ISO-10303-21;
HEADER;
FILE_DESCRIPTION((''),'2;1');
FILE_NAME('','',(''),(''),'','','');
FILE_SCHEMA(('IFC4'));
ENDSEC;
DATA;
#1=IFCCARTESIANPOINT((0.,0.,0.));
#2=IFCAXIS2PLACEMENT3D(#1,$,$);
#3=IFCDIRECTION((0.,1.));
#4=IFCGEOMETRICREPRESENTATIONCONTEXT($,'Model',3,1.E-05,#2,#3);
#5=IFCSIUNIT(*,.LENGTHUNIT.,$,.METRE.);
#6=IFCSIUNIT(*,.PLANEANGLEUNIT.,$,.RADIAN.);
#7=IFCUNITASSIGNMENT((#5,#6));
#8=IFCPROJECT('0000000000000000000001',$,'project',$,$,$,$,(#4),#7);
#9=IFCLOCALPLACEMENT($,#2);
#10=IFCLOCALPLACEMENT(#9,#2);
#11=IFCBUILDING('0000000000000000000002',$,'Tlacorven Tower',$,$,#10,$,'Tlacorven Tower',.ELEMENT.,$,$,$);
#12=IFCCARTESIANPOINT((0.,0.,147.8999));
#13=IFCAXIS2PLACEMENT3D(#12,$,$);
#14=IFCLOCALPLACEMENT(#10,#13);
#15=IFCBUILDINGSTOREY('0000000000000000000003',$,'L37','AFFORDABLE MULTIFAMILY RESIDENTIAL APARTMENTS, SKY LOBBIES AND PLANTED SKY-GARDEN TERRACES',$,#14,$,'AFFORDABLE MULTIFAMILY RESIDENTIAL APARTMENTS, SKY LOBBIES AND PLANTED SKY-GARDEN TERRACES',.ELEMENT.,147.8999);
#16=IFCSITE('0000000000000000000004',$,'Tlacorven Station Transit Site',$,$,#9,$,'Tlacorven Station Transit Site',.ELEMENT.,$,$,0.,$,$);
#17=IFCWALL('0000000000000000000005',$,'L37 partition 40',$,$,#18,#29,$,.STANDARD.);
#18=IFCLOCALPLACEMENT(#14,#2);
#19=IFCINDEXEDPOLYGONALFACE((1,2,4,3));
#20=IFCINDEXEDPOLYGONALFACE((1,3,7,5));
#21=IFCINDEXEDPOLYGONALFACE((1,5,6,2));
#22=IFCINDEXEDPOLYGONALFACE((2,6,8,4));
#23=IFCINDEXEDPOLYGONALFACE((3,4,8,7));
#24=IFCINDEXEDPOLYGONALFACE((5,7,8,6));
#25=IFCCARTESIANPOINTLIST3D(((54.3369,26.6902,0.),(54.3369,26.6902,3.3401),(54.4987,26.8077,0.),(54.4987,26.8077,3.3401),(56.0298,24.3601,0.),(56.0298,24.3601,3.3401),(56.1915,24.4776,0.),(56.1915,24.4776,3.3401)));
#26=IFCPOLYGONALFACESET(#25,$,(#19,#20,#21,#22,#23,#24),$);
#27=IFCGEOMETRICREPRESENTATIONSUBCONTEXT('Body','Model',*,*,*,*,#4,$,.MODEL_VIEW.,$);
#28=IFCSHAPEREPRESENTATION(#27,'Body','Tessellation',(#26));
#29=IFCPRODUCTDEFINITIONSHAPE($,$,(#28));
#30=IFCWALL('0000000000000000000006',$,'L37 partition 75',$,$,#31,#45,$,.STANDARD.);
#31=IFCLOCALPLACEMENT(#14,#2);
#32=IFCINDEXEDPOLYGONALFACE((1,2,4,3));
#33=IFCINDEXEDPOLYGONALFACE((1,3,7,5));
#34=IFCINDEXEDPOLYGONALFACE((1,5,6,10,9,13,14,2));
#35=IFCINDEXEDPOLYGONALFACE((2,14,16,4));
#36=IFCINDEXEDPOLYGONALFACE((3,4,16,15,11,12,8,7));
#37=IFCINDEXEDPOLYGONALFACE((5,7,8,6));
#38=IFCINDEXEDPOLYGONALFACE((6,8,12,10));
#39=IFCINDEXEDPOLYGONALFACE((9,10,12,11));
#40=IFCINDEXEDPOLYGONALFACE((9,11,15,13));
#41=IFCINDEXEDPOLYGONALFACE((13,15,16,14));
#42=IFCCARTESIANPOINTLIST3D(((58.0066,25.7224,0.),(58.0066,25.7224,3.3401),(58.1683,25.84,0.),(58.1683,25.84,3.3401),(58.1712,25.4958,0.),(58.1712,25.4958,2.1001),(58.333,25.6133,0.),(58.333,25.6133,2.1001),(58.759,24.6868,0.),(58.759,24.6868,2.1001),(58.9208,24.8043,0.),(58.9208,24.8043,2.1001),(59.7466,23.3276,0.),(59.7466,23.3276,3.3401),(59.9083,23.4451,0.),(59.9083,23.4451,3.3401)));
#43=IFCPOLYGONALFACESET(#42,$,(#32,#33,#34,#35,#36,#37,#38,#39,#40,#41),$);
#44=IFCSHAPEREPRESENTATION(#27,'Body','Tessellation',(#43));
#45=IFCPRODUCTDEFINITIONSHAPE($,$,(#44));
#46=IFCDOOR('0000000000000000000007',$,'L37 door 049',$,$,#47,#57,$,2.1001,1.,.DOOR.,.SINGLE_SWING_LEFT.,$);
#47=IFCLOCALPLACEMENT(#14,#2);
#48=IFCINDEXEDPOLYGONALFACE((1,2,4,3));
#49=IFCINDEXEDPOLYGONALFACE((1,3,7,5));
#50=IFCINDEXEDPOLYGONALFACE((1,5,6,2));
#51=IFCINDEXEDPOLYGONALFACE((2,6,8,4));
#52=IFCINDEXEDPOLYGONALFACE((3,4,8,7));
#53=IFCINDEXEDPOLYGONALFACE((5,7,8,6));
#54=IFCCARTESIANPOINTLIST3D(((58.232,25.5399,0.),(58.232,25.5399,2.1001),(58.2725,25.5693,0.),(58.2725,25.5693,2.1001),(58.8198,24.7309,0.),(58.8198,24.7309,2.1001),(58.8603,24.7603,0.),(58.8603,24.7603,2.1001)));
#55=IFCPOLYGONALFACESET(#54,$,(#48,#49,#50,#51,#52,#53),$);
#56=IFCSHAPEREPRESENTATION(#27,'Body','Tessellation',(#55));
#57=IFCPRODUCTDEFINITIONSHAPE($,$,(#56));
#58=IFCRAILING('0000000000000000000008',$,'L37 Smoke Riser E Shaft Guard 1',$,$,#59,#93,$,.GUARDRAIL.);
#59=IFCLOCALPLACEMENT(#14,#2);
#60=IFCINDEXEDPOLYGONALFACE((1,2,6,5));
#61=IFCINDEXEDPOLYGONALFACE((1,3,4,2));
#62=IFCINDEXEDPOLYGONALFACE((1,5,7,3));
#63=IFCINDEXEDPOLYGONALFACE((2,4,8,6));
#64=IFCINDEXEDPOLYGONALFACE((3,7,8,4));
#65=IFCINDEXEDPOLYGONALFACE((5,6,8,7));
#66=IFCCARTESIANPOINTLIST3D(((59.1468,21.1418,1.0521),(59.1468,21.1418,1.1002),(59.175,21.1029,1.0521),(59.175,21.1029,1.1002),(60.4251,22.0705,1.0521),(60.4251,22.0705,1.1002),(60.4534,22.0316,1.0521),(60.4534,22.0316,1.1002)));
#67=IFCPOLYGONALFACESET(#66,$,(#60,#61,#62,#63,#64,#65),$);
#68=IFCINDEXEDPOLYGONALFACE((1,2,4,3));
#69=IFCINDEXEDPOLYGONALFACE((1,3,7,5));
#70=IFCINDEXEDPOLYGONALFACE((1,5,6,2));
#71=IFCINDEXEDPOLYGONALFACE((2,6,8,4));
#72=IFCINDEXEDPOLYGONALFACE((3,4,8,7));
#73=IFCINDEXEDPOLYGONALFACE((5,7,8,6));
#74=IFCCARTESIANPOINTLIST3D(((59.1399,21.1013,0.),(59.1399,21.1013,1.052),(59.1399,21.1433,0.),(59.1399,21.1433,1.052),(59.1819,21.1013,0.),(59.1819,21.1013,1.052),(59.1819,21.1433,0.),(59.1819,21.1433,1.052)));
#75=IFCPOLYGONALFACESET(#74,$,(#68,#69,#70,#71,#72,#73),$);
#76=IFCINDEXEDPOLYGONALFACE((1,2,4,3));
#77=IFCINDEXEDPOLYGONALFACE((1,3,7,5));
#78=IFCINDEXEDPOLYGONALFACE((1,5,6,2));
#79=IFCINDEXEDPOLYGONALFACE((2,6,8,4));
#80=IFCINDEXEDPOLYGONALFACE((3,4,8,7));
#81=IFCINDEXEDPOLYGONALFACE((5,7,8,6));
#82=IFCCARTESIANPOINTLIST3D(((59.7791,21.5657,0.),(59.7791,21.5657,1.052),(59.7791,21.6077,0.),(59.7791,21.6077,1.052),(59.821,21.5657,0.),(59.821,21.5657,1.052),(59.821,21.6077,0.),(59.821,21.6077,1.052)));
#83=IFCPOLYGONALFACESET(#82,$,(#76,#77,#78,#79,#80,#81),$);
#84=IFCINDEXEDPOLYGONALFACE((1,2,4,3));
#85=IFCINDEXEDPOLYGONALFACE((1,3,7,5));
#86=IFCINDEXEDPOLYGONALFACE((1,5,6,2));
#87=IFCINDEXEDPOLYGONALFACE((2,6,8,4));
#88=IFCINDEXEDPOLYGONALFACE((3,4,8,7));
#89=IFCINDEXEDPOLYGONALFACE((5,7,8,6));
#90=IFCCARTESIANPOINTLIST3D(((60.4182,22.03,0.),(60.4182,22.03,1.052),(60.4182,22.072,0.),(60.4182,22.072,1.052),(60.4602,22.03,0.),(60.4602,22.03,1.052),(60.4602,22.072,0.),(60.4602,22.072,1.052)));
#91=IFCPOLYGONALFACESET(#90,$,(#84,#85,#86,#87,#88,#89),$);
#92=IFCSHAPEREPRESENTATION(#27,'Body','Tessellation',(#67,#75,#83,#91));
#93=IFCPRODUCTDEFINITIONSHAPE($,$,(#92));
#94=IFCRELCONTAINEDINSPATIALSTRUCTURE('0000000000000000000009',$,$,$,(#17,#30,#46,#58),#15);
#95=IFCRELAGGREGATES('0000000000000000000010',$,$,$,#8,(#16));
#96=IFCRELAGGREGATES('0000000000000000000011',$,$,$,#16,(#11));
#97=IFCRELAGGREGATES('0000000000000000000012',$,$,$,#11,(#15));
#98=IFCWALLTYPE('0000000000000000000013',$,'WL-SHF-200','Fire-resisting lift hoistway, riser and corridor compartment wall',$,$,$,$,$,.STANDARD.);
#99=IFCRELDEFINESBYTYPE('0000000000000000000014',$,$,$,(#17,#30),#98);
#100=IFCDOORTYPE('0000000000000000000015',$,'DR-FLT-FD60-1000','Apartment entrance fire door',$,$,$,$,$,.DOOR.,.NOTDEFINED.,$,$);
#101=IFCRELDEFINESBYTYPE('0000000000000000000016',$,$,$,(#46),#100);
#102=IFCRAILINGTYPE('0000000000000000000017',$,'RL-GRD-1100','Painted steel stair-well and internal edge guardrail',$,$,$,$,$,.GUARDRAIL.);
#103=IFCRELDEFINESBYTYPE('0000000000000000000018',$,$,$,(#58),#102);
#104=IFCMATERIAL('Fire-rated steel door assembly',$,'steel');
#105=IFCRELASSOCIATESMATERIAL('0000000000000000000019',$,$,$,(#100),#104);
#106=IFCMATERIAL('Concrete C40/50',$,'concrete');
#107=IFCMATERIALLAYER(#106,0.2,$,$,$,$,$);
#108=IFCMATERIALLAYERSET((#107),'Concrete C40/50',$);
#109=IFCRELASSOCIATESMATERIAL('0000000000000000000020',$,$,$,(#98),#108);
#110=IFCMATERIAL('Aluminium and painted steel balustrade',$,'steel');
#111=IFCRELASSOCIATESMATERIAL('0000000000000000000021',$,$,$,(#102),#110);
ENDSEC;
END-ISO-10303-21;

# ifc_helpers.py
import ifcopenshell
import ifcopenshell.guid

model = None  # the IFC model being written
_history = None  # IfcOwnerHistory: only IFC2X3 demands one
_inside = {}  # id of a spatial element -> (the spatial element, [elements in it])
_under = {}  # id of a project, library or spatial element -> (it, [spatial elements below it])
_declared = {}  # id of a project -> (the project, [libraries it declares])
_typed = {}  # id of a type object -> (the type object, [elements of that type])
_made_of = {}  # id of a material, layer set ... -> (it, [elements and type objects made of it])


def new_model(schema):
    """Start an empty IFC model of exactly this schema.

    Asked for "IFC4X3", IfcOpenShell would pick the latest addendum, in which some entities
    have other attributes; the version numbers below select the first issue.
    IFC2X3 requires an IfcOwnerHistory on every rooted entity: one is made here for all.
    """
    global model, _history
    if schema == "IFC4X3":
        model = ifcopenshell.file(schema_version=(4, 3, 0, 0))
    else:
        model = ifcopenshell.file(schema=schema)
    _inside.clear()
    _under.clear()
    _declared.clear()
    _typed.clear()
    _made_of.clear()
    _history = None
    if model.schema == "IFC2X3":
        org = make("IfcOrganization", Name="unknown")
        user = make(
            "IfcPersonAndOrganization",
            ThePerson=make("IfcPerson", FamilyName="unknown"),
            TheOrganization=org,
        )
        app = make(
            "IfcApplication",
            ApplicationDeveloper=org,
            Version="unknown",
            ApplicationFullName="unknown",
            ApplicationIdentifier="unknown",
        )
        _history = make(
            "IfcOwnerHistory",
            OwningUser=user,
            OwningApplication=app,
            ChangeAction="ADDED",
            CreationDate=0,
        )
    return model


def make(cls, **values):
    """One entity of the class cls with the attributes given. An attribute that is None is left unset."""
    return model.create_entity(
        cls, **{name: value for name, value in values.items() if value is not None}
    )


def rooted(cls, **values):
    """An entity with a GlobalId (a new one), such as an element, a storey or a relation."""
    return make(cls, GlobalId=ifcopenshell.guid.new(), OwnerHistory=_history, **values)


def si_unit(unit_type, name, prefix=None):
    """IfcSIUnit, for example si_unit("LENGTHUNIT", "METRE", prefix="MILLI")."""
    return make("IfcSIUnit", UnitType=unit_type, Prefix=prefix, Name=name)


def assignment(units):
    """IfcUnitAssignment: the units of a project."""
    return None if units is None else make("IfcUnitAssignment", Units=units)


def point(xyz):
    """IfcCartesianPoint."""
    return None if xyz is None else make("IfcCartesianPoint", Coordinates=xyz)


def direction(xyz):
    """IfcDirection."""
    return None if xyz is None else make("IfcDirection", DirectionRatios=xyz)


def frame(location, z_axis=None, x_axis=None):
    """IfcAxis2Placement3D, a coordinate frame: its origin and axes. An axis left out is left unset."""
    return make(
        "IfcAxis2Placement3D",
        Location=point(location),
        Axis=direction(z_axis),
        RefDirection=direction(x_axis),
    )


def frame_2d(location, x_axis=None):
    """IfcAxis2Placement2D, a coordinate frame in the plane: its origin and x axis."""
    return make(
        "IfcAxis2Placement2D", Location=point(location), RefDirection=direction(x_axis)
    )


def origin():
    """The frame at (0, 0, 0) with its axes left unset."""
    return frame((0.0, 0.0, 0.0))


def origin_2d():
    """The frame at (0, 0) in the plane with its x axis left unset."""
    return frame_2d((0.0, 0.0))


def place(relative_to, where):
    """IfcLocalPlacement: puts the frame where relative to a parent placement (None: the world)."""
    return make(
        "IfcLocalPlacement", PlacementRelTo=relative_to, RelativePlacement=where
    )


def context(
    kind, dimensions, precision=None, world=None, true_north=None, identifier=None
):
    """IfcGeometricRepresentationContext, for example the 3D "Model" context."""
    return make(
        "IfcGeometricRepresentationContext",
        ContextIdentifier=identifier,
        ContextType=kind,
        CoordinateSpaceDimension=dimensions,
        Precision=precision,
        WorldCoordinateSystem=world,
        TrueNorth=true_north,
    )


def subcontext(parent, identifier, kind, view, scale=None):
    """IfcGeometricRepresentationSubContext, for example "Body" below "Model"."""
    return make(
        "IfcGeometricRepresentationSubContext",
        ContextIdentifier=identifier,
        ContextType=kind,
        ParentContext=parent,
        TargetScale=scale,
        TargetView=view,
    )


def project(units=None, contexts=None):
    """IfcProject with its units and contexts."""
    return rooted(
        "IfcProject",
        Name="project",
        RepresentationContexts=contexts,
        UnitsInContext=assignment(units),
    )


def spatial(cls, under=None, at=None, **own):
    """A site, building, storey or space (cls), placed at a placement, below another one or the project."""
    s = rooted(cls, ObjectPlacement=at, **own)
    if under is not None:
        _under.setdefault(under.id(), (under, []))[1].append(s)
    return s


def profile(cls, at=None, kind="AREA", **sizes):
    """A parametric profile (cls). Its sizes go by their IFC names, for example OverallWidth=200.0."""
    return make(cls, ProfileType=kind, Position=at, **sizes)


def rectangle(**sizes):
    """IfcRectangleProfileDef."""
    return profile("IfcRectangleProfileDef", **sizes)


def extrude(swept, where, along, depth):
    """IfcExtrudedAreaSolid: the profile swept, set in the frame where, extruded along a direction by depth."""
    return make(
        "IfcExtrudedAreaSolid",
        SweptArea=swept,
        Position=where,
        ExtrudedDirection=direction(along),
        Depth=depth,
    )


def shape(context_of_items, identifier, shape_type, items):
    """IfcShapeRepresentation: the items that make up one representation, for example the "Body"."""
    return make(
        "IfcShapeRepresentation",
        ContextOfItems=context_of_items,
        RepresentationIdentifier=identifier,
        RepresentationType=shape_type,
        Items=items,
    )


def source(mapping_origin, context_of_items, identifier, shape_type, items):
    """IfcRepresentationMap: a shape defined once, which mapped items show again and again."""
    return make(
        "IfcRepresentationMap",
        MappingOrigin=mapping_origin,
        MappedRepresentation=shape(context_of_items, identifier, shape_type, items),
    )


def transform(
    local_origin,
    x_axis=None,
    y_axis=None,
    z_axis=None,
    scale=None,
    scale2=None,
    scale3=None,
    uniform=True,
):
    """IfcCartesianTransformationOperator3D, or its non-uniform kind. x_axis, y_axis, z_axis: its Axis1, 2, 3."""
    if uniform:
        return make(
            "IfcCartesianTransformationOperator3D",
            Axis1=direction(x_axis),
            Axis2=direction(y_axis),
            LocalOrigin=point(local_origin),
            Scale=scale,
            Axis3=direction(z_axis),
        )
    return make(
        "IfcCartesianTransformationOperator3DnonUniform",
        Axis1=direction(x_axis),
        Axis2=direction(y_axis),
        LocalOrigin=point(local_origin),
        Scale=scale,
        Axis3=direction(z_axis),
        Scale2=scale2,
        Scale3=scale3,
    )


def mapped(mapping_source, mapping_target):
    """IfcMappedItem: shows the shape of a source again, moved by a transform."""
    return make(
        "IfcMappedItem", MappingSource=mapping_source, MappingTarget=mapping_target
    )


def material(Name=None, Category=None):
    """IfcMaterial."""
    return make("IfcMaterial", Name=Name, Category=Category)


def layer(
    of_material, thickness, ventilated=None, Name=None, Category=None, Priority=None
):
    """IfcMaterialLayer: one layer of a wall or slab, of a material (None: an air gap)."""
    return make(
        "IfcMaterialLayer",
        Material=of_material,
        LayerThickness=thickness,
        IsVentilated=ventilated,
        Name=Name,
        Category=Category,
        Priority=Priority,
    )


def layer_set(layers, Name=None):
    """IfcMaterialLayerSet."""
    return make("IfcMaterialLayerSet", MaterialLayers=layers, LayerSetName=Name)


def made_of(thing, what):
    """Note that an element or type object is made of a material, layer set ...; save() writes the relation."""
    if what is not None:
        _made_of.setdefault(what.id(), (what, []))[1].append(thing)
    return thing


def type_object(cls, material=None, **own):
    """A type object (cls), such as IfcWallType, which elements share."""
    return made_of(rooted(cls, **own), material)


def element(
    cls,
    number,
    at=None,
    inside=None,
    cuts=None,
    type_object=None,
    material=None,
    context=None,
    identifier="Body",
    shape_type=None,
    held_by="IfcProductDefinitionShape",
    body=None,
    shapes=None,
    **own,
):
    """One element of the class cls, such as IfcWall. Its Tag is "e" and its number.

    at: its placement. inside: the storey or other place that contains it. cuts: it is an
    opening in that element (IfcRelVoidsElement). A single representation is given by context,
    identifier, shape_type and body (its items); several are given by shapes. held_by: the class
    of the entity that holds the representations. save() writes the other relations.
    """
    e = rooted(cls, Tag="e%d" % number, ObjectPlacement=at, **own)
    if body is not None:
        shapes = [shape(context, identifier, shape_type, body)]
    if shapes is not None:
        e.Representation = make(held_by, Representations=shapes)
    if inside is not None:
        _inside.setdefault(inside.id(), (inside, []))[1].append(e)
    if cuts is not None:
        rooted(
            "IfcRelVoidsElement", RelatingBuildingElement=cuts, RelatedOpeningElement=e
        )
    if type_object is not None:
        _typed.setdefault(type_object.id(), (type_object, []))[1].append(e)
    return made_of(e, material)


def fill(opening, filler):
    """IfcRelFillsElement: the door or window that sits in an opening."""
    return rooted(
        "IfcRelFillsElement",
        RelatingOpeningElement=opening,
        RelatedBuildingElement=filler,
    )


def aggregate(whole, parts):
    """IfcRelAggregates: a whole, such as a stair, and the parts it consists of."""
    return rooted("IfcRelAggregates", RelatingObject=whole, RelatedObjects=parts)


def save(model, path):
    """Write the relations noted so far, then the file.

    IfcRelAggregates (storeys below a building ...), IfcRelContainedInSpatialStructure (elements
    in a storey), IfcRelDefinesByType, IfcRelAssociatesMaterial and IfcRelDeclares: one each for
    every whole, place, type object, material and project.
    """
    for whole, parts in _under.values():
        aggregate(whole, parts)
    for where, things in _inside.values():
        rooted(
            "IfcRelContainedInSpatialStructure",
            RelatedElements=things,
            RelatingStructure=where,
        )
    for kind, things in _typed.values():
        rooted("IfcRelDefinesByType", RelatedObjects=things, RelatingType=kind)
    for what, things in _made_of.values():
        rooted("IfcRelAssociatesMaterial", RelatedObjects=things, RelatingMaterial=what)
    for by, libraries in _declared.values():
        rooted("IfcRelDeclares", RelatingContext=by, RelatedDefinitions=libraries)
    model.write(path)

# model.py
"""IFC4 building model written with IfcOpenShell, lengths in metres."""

from ifc_helpers import new_model, si_unit, direction, frame, frame_2d, origin, origin_2d, place, context, subcontext, project, spatial, rectangle, extrude, source, transform, mapped, material, layer, layer_set, type_object, element, fill, save


model = new_model("IFC4")

# Units and contexts
model_context = context("Model", 3, precision=1e-05, world=origin(), true_north=direction((0.0, 1.0)))
body_context = subcontext(model_context, "Body", "Model", "MODEL_VIEW")
ifc_project = project(units=[si_unit("LENGTHUNIT", "METRE"), si_unit("PLANEANGLEUNIT", "RADIAN")], contexts=[model_context])

# Site, building, storey
site_placement = place(None, origin())
site = spatial("IfcSite", under=ifc_project, at=site_placement, Name="Tlacorven Station Transit Site", LongName="Tlacorven Station Transit Site", CompositionType="ELEMENT", RefElevation=0.0)
building_placement = place(site_placement, origin())
building = spatial("IfcBuilding", under=site, at=building_placement, Name="Tlacorven Tower", LongName="Tlacorven Tower", CompositionType="ELEMENT")
storey_placement = place(building_placement, frame((0.0, 0.0, 147.8999)))
storey = spatial("IfcBuildingStorey", under=building, at=storey_placement, Name="L37", Description="AFFORDABLE MULTIFAMILY RESIDENTIAL APARTMENTS, SKY LOBBIES AND PLANTED SKY-GARDEN TERRACES", LongName="AFFORDABLE MULTIFAMILY RESIDENTIAL APARTMENTS, SKY LOBBIES AND PLANTED SKY-GARDEN TERRACES", CompositionType="ELEMENT", Elevation=147.8999)

# Shared definitions
ifc_material_1 = material(Name="Fire-rated steel door assembly", Category="steel")
door_type_1 = type_object("IfcDoorType", Name="DR-FLT-FD60-1000", Description="Apartment entrance fire door", OperationType="NOTDEFINED", PredefinedType="DOOR", material=ifc_material_1)
shared_shape_1 = source(origin(), body_context, "Body", "SweptSolid", [
    extrude(rectangle(XDim=1.0, YDim=2.1001, at=frame_2d((0.5, 1.05))), frame((0.0, 0.0249, 0.0), z_axis=(0.0, -1.0, 0.0), x_axis=(1.0, 0.0, 0.0)), (0.0, 0.0, 1.0), 0.05),
])

# Shared definitions
ifc_material_2 = material(Name="Concrete C40/50", Category="concrete")
ifc_layer_1 = layer(ifc_material_2, 0.2)
ifc_layer_set_1 = layer_set([ifc_layer_1], Name="Concrete C40/50")
wall_type_1 = type_object("IfcWallType", Name="WL-SHF-200", Description="Fire-resisting lift hoistway, riser and corridor compartment wall", PredefinedType="STANDARD", material=ifc_layer_set_1)

# Wall
wall_1_placement = place(storey_placement, frame((56.1106, 24.4189, 0.0), z_axis=(0.0, 0.0, 1.0), x_axis=(-0.587778, 0.809022, 0.0)))
element("IfcWall", 1, at=wall_1_placement, inside=storey, type_object=wall_type_1, Name="L37 partition 40", PredefinedType="STANDARD", context=body_context, shape_type="SweptSolid", body=[
    extrude(rectangle(XDim=2.8801, YDim=0.2, at=frame_2d((1.4399, 0.0))), origin(), (0.0, 0.0, 1.0), 3.3401),
])

# Wall, opening, door
wall_2_placement = place(storey_placement, frame((59.8274, 23.3865, 0.0), z_axis=(0.0, 0.0, 1.0), x_axis=(-0.587804, 0.809003, 0.0)))
wall_2 = element("IfcWall", 2, at=wall_2_placement, inside=storey, type_object=wall_type_1, Name="L37 partition 75", PredefinedType="STANDARD", context=body_context, shape_type="SweptSolid", body=[
    extrude(rectangle(XDim=2.9602, YDim=0.2, at=frame_2d((1.48, 0.0))), origin(), (0.0, 0.0, 1.0), 3.3401),
])
opening_1_placement = place(wall_2_placement, frame((1.6799, 0.0, 0.0)))
opening_1 = element("IfcOpeningElement", 3, at=opening_1_placement, cuts=wall_2, PredefinedType="OPENING", context=body_context, shape_type="SweptSolid", body=[
    extrude(rectangle(XDim=1.0, YDim=2.1001, at=frame_2d((0.5, 1.05))), frame((0.0, 0.1099, 0.0), z_axis=(0.0, -1.0, 0.0), x_axis=(1.0, 0.0, 0.0)), (0.0, 0.0, 1.0), 0.22),
])
door_1_placement = place(opening_1_placement, origin())
door_1 = element("IfcDoor", 4, at=door_1_placement, inside=storey, type_object=door_type_1, Name="L37 door 049", OperationType="SINGLE_SWING_LEFT", OverallHeight=2.1001, OverallWidth=1.0, PredefinedType="DOOR", context=body_context, shape_type="MappedRepresentation", body=[
    mapped(shared_shape_1, transform((0.0, 0.0, 0.0), scale=1.0)),
])
fill(opening_1, door_1)

# Railing
ifc_material_3 = material(Name="Aluminium and painted steel balustrade", Category="steel")
railing_type = type_object("IfcRailingType", Name="RL-GRD-1100", Description="Painted steel stair-well and internal edge guardrail", PredefinedType="GUARDRAIL", material=ifc_material_3)
shared_shape_2 = source(origin(), body_context, "Body", "SweptSolid", [
    extrude(rectangle(XDim=0.0481, YDim=0.0481, at=origin_2d()), frame((0.0, 0.0, 1.0762), z_axis=(0.80903, 0.587767, 0.0), x_axis=(-0.587767, 0.80903, 0.0)), (0.0, 0.0, 1.0), 1.5801),
    extrude(rectangle(XDim=0.042, YDim=0.042, at=origin_2d()), origin(), (0.0, 0.0, 1.0), 1.052),
    extrude(rectangle(XDim=0.042, YDim=0.042, at=origin_2d()), frame((0.6392, 0.4644, 0.0)), (0.0, 0.0, 1.0), 1.052),
    extrude(rectangle(XDim=0.042, YDim=0.042, at=origin_2d()), frame((1.2783, 0.9287, 0.0)), (0.0, 0.0, 1.0), 1.052),
])
railing_placement = place(storey_placement, frame((59.1609, 21.1223, 0.0)))
element("IfcRailing", 5, at=railing_placement, inside=storey, type_object=railing_type, Name="L37 Smoke Riser E Shaft Guard 1", PredefinedType="GUARDRAIL", context=body_context, shape_type="MappedRepresentation", body=[
    mapped(shared_shape_2, transform((0.0, 0.0, 0.0), scale=1.0)),
])

save(model, "model.ifc")
